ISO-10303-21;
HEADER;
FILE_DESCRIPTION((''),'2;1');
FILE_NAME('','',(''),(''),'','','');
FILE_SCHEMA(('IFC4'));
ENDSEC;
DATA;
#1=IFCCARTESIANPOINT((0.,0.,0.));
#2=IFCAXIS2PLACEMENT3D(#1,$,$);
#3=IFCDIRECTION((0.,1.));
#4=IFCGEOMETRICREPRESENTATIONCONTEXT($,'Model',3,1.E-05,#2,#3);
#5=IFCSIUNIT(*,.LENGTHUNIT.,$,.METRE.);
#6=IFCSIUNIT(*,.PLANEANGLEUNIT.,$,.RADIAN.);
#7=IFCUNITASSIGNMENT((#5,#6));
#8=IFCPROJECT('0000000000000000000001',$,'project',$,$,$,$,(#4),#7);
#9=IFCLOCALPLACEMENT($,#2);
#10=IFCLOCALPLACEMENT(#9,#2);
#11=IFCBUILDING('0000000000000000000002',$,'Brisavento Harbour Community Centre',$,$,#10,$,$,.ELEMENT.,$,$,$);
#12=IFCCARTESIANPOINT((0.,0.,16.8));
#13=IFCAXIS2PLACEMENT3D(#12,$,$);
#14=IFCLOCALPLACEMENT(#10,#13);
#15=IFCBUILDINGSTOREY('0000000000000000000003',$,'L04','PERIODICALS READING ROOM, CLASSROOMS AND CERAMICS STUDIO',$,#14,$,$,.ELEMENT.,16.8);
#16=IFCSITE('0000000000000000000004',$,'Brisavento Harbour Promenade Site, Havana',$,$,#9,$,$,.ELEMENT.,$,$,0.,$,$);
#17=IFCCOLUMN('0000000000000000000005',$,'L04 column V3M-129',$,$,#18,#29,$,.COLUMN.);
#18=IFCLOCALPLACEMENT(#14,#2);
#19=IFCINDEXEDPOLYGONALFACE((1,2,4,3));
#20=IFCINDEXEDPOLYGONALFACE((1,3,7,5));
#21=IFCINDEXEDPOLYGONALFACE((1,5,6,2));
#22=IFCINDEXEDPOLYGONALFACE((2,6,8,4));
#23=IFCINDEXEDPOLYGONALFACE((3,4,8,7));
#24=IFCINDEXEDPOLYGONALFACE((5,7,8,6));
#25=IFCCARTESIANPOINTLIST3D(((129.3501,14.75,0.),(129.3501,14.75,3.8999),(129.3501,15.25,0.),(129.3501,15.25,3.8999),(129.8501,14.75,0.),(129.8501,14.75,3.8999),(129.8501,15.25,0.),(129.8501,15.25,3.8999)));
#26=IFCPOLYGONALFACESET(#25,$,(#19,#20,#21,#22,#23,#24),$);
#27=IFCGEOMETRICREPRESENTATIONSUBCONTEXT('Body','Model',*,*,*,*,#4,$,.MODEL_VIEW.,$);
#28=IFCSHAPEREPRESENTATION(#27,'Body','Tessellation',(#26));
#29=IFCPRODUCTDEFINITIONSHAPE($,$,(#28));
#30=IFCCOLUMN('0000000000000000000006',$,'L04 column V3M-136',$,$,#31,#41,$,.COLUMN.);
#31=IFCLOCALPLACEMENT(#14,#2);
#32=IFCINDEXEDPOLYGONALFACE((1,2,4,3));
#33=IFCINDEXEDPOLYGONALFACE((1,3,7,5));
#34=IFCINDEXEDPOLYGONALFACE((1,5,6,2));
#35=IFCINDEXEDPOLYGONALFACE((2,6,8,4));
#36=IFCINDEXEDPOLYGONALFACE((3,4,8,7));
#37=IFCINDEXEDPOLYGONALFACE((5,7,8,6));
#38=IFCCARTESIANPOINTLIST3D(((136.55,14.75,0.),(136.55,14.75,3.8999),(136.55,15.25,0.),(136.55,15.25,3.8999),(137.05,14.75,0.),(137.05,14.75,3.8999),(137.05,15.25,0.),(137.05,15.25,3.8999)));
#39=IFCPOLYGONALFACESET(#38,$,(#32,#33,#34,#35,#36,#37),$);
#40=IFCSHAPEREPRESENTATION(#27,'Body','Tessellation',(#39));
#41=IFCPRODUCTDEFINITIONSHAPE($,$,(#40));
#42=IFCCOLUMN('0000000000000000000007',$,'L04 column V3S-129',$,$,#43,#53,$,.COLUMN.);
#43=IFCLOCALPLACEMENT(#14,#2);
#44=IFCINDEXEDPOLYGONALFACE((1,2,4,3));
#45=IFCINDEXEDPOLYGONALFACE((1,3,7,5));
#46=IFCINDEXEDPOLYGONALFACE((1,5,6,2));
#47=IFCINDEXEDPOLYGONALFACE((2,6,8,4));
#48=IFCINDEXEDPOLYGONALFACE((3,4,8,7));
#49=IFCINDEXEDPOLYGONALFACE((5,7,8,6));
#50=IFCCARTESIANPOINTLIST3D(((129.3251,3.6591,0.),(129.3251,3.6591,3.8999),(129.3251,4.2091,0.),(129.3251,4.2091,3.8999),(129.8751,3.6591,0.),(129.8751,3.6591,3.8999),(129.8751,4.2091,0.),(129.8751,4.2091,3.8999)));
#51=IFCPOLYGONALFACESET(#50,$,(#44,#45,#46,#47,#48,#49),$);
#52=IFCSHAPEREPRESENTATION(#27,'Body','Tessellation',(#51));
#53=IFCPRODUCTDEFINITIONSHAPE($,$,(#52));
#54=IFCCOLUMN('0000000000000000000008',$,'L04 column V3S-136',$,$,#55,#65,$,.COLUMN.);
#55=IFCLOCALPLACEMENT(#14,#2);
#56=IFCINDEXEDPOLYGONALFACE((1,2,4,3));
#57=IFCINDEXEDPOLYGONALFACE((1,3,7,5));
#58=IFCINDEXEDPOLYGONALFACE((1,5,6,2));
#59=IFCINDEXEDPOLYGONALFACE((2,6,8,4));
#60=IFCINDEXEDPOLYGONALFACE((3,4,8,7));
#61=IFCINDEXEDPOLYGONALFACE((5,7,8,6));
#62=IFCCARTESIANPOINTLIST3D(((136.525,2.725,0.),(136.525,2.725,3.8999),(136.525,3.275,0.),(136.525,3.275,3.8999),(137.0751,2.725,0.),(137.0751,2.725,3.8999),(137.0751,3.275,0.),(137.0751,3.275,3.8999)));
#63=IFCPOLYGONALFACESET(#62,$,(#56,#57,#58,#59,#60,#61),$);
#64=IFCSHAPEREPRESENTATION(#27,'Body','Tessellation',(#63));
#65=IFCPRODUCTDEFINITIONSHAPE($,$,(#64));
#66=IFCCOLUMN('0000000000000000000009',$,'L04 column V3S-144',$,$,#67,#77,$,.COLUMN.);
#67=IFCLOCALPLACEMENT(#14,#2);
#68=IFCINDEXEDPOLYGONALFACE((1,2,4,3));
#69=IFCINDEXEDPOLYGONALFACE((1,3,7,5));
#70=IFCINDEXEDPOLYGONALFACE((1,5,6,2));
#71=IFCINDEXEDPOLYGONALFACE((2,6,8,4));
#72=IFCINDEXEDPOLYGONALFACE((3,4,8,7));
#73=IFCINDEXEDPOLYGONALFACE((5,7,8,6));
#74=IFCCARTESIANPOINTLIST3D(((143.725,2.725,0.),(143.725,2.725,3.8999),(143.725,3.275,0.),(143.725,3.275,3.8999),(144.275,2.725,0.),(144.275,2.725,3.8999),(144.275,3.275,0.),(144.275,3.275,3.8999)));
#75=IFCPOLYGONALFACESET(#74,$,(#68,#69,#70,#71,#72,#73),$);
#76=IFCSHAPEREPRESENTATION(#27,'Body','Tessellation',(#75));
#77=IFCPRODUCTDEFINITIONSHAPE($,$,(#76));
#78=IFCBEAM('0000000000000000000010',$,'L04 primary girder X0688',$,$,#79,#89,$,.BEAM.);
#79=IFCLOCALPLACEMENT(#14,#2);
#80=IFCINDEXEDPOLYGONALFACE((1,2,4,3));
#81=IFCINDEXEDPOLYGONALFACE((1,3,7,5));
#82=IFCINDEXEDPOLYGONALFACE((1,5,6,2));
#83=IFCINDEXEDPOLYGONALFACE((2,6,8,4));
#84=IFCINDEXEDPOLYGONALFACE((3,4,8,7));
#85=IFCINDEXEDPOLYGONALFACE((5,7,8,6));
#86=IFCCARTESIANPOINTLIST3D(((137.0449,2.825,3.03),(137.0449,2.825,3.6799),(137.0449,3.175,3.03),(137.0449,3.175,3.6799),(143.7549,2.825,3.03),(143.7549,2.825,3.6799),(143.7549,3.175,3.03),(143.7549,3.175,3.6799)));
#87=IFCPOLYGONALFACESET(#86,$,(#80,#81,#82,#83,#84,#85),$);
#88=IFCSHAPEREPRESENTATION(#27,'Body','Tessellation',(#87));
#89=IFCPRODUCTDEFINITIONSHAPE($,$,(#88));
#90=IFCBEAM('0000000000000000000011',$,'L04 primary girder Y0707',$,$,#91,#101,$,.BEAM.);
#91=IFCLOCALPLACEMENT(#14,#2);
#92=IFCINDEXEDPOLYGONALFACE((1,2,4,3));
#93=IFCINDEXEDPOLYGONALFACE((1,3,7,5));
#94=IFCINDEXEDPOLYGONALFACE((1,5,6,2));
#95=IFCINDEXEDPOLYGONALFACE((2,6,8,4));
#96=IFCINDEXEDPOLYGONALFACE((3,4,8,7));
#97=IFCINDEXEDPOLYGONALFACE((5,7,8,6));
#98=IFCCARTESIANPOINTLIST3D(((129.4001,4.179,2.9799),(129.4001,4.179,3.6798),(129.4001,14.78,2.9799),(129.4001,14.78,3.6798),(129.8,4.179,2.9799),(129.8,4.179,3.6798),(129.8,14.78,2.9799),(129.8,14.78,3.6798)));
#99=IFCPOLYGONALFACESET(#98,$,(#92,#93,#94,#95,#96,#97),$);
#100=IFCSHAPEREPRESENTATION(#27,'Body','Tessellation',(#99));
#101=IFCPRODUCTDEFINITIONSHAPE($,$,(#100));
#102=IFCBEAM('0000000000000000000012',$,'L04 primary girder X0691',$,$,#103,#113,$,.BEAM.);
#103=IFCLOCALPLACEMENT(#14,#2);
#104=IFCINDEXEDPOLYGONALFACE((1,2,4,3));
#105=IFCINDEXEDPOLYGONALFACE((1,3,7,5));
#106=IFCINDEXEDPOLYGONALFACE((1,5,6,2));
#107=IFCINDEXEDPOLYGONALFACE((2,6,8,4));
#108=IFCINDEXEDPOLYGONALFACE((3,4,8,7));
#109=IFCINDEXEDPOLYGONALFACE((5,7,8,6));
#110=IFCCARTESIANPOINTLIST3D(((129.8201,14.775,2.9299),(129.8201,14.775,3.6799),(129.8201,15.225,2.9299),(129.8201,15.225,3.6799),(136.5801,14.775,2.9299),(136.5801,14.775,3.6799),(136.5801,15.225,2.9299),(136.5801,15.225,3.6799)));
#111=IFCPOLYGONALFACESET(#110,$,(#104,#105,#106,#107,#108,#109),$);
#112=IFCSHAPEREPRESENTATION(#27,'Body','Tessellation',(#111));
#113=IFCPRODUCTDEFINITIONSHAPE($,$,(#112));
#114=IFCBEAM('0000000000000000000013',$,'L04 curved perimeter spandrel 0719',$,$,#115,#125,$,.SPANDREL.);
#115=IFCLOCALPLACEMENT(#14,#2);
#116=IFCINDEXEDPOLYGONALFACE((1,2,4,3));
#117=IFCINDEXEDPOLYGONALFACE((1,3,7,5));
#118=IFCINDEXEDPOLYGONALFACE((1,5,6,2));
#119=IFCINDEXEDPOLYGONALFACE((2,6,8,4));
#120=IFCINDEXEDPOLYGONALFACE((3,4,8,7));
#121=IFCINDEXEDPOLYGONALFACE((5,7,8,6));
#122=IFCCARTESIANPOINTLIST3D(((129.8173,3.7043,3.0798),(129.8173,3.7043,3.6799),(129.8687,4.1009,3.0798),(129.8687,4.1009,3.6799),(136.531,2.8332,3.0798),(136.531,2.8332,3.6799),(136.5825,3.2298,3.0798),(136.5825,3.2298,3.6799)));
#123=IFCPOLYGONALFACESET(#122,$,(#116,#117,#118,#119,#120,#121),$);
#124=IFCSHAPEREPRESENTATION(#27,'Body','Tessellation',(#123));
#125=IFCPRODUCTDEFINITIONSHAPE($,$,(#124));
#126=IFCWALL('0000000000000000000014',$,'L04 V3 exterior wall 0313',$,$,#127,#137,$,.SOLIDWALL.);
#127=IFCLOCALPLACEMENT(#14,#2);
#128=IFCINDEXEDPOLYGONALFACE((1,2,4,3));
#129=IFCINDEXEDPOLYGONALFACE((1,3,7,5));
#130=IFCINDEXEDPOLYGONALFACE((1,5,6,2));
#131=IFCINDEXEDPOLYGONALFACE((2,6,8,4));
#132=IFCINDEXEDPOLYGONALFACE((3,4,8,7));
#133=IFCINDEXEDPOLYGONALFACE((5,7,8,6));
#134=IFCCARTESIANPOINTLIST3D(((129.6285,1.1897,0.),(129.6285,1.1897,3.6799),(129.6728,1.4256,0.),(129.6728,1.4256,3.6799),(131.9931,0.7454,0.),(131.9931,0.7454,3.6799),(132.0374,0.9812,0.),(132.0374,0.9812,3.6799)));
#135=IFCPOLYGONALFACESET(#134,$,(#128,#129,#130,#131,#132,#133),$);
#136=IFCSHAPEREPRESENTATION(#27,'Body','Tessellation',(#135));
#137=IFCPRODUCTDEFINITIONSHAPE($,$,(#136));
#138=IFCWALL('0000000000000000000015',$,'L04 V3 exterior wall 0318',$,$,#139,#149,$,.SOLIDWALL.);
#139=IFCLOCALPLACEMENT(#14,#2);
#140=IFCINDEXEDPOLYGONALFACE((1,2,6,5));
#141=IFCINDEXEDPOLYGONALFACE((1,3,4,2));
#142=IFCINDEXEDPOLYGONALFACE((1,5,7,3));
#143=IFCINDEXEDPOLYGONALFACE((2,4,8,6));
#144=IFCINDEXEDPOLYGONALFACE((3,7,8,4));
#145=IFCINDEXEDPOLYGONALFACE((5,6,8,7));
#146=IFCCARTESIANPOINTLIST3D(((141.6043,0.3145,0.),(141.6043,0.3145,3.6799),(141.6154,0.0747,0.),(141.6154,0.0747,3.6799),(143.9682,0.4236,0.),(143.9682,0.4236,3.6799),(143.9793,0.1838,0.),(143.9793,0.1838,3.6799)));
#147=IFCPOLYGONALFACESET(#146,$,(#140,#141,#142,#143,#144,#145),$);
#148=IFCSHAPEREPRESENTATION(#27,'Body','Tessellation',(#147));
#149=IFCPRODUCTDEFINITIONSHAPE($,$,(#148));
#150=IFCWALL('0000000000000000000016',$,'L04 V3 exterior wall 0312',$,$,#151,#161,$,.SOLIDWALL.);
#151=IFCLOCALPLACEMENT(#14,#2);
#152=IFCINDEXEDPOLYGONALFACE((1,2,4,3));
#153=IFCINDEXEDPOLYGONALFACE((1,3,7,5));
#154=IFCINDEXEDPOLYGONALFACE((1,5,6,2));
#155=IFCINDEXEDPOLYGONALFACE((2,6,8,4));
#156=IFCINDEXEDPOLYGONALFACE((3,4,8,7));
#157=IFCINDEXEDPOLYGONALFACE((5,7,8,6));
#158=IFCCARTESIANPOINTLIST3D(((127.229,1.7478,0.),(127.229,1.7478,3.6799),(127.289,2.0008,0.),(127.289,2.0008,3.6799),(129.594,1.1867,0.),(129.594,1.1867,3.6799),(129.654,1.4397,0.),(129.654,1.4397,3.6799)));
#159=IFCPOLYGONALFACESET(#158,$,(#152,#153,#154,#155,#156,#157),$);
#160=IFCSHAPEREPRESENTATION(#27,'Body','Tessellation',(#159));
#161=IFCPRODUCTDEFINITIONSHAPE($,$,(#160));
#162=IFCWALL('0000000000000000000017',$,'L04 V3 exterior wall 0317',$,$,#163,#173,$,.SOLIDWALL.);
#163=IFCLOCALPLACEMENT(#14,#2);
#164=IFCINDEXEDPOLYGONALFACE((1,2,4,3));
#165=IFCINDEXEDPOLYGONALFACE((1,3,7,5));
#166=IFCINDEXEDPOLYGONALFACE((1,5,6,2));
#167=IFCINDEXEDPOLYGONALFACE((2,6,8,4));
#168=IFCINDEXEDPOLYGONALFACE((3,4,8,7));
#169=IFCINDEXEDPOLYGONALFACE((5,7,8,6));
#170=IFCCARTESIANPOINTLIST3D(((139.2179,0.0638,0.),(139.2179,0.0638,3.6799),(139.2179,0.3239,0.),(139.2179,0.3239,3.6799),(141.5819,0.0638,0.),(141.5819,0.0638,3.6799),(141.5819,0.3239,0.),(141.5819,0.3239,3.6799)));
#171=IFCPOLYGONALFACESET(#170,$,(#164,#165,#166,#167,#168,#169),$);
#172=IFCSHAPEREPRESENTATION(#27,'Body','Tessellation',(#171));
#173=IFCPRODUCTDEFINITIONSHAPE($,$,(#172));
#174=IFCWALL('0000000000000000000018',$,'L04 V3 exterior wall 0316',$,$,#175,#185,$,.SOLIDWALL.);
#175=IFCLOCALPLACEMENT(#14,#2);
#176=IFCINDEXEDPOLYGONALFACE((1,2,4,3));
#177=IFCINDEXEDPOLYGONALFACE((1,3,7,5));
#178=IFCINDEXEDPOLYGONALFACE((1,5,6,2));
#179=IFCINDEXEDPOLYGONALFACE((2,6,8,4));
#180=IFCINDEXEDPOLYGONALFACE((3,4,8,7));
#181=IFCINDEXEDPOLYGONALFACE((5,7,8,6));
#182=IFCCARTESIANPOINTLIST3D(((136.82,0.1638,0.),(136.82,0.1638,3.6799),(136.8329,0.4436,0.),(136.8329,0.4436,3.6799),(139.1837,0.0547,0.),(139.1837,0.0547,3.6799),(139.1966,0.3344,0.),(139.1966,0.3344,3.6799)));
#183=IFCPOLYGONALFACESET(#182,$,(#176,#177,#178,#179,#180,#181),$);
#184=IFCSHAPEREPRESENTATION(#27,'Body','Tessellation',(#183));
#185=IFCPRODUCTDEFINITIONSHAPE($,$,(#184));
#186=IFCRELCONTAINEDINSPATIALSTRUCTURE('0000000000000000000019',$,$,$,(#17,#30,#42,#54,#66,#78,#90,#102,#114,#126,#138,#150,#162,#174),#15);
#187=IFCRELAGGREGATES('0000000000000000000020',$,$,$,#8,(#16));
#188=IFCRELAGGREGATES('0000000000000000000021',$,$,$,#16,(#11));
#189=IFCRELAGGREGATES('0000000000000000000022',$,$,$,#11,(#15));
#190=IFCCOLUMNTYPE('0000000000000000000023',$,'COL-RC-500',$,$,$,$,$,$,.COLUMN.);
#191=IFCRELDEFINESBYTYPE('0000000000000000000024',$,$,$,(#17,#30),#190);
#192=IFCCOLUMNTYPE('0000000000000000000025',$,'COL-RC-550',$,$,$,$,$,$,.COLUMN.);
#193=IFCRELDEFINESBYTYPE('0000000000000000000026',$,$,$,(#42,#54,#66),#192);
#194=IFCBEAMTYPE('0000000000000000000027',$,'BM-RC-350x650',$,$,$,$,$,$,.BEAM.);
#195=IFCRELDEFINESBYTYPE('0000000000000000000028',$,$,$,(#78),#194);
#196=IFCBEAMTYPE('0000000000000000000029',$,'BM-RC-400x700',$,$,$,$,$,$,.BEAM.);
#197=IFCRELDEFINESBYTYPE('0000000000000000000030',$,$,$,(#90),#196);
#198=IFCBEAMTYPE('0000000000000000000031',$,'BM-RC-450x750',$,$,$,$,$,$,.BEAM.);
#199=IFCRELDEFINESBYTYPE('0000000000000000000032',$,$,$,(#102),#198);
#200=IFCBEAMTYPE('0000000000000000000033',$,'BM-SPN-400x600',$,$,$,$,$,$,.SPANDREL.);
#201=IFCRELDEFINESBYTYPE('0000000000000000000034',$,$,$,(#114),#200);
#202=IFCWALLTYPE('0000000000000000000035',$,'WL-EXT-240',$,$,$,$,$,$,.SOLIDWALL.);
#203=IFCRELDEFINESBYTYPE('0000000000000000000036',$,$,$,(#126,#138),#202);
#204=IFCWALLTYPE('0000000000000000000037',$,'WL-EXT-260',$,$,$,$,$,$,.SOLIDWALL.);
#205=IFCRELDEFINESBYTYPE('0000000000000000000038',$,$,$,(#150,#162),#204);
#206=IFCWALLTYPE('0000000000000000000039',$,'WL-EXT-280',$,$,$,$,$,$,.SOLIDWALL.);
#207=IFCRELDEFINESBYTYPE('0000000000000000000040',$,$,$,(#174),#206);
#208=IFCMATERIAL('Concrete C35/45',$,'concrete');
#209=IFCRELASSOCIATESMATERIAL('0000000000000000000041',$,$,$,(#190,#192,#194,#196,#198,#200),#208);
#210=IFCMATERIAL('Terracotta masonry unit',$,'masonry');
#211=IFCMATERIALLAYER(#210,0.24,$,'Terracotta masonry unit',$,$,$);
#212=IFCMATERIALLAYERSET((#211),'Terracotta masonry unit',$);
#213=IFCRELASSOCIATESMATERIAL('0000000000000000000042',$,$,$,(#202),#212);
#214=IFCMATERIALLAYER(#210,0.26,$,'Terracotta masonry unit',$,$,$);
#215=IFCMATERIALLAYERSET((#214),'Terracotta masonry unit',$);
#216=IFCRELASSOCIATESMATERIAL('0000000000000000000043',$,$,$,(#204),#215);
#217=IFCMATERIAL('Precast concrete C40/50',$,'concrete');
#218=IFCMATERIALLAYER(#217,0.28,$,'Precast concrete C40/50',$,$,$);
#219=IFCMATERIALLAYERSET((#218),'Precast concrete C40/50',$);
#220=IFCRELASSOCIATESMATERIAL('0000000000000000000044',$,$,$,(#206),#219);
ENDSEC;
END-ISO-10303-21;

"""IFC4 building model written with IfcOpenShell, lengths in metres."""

from ifc_helpers import new_model, si_unit, direction, frame, frame_2d, origin, origin_2d, place, context, subcontext, project, spatial, rectangle, extrude, material, layer, layer_set, material_profile, profile_set, type_object, element, save


model = new_model("IFC4")

# Units and contexts
model_context = context("Model", 3, precision=1e-05, world=origin(), true_north=direction((0.0, 1.0)))
body_context = subcontext(model_context, "Body", "Model", "MODEL_VIEW")
ifc_project = project(units=[si_unit("LENGTHUNIT", "METRE"), si_unit("PLANEANGLEUNIT", "RADIAN")], contexts=[model_context])

# Site, building, storey
site_placement = place(None, origin())
site = spatial("IfcSite", under=ifc_project, at=site_placement, Name="Brisavento Harbour Promenade Site, Havana", CompositionType="ELEMENT", RefElevation=0.0)
building_placement = place(site_placement, origin())
building = spatial("IfcBuilding", under=site, at=building_placement, Name="Brisavento Harbour Community Centre", CompositionType="ELEMENT")
storey_placement = place(building_placement, frame((0.0, 0.0, 16.8)))
storey = spatial("IfcBuildingStorey", under=building, at=storey_placement, Name="L04", Description="PERIODICALS READING ROOM, CLASSROOMS AND CERAMICS STUDIO", CompositionType="ELEMENT", Elevation=16.8)

# Columns
ifc_material_1 = material(Name="Concrete C35/45", Category="concrete")
ifc_material_profile_1 = material_profile(ifc_material_1, rectangle(XDim=0.5, YDim=0.5, at=origin_2d()), Name="Concrete C35/45")
ifc_profile_set_1 = profile_set([ifc_material_profile_1], Name="Concrete C35/45")
column_type_1 = type_object("IfcColumnType", Name="COL-RC-500", PredefinedType="COLUMN", material=ifc_profile_set_1)
for number, where, z_axis, x_axis, name in (
    (1, (129.6001, 15.0, 0.0), (0.0, 0.0, 1.0), (1.0, 0.0, 0.0), "L04 column V3M-129"),
    (2, (136.8, 15.0, 0.0), (0.0, 0.0, 1.0), (1.0, 0.0, 0.0), "L04 column V3M-136"),
):
    element("IfcColumn", number, at=place(storey_placement, frame(where, z_axis=z_axis, x_axis=x_axis)), inside=storey, type_object=column_type_1, Name=name, PredefinedType="COLUMN", context=body_context, shape_type="SweptSolid", body=[
        extrude(rectangle(XDim=0.5, YDim=0.5, at=origin_2d()), origin(), (0.0, 0.0, 1.0), 3.8999),
    ])
ifc_material_profile_2 = material_profile(ifc_material_1, rectangle(XDim=0.55, YDim=0.55, at=origin_2d()), Name="Concrete C35/45")
ifc_profile_set_2 = profile_set([ifc_material_profile_2], Name="Concrete C35/45")
column_type_2 = type_object("IfcColumnType", Name="COL-RC-550", PredefinedType="COLUMN", material=ifc_profile_set_2)
for number, where, z_axis, x_axis, name in (
    (3, (129.6001, 3.9341, 0.0), (0.0, 0.0, 1.0), (1.0, 0.0, 0.0), "L04 column V3S-129"),
    (4, (136.8, 3.0, 0.0), (0.0, 0.0, 1.0), (1.0, 0.0, 0.0), "L04 column V3S-136"),
    (5, (144.0, 3.0, 0.0), (0.0, 0.0, 1.0), (1.0, 0.0, 0.0), "L04 column V3S-144"),
):
    element("IfcColumn", number, at=place(storey_placement, frame(where, z_axis=z_axis, x_axis=x_axis)), inside=storey, type_object=column_type_2, Name=name, PredefinedType="COLUMN", context=body_context, shape_type="SweptSolid", body=[
        extrude(rectangle(XDim=0.55, YDim=0.55, at=origin_2d()), origin(), (0.0, 0.0, 1.0), 3.8999),
    ])

# Beams
ifc_material_profile_3 = material_profile(ifc_material_1, rectangle(XDim=0.3501, YDim=0.6499, at=origin_2d()), Name="Concrete C35/45")
ifc_profile_set_3 = profile_set([ifc_material_profile_3], Name="Concrete C35/45")
beam_type_1 = type_object("IfcBeamType", Name="BM-RC-350x650", PredefinedType="BEAM", material=ifc_profile_set_3)
beam_1_placement = place(storey_placement, frame((137.0449, 3.0, 3.355), z_axis=(1.0, 0.0, 0.0), x_axis=(0.0, 1.0, 0.0)))
element("IfcBeam", 6, at=beam_1_placement, inside=storey, type_object=beam_type_1, Name="L04 primary girder X0688", PredefinedType="BEAM", context=body_context, shape_type="SweptSolid", body=[
    extrude(rectangle(XDim=0.3501, YDim=0.6499, at=origin_2d()), origin(), (0.0, 0.0, 1.0), 6.71),
])
ifc_material_profile_4 = material_profile(ifc_material_1, rectangle(XDim=0.3999, YDim=0.7, at=origin_2d()), Name="Concrete C35/45")
ifc_profile_set_4 = profile_set([ifc_material_profile_4], Name="Concrete C35/45")
beam_type_2 = type_object("IfcBeamType", Name="BM-RC-400x700", PredefinedType="BEAM", material=ifc_profile_set_4)
beam_2_placement = place(storey_placement, frame((129.6001, 4.179, 3.3298), z_axis=(0.0, 1.0, 0.0), x_axis=(-1.0, 0.0, 0.0)))
element("IfcBeam", 7, at=beam_2_placement, inside=storey, type_object=beam_type_2, Name="L04 primary girder Y0707", PredefinedType="BEAM", context=body_context, shape_type="SweptSolid", body=[
    extrude(rectangle(XDim=0.3999, YDim=0.7, at=origin_2d()), origin(), (0.0, 0.0, 1.0), 10.6011),
])
ifc_material_profile_5 = material_profile(ifc_material_1, rectangle(XDim=0.45, YDim=0.75, at=origin_2d()), Name="Concrete C35/45")
ifc_profile_set_5 = profile_set([ifc_material_profile_5], Name="Concrete C35/45")
beam_type_3 = type_object("IfcBeamType", Name="BM-RC-450x750", PredefinedType="BEAM", material=ifc_profile_set_5)
beam_3_placement = place(storey_placement, frame((129.8201, 15.0, 3.3049), z_axis=(1.0, 0.0, 0.0), x_axis=(0.0, 1.0, 0.0)))
element("IfcBeam", 8, at=beam_3_placement, inside=storey, type_object=beam_type_3, Name="L04 primary girder X0691", PredefinedType="BEAM", context=body_context, shape_type="SweptSolid", body=[
    extrude(rectangle(XDim=0.45, YDim=0.75, at=origin_2d()), origin(), (0.0, 0.0, 1.0), 6.76),
])
ifc_material_profile_6 = material_profile(ifc_material_1, rectangle(XDim=0.3999, YDim=0.6001, at=origin_2d()), Name="Concrete C35/45")
ifc_profile_set_6 = profile_set([ifc_material_profile_6], Name="Concrete C35/45")
beam_type_4 = type_object("IfcBeamType", Name="BM-SPN-400x600", PredefinedType="SPANDREL", material=ifc_profile_set_6)
beam_4_placement = place(storey_placement, frame((129.843, 3.9026, 3.3799), z_axis=(0.991688, -0.128667, 0.0), x_axis=(0.128667, 0.991688, 0.0)))
element("IfcBeam", 9, at=beam_4_placement, inside=storey, type_object=beam_type_4, Name="L04 curved perimeter spandrel 0719", PredefinedType="SPANDREL", context=body_context, shape_type="SweptSolid", body=[
    extrude(rectangle(XDim=0.3999, YDim=0.6001, at=origin_2d()), origin(), (0.0, 0.0, 1.0), 6.77),
])

# Walls
ifc_material_2 = material(Name="Terracotta masonry unit", Category="masonry")
ifc_layer_1 = layer(ifc_material_2, 0.24, Name="Terracotta masonry unit")
ifc_layer_set_1 = layer_set([ifc_layer_1], Name="Terracotta masonry unit")
wall_type_1 = type_object("IfcWallType", Name="WL-EXT-240", PredefinedType="SOLIDWALL", material=ifc_layer_set_1)
wall_1_placement = place(storey_placement, frame((132.0154, 0.8633, 0.0), z_axis=(0.0, 0.0, 1.0), x_axis=(-0.982797, 0.184687, 0.0)))
element("IfcWall", 10, at=wall_1_placement, inside=storey, type_object=wall_type_1, Name="L04 V3 exterior wall 0313", PredefinedType="SOLIDWALL", context=body_context, shape_type="SweptSolid", body=[
    extrude(rectangle(XDim=2.406, YDim=0.24, at=frame_2d((1.2031, 0.0))), origin(), (0.0, 0.0, 1.0), 3.6799),
])
wall_2_placement = place(storey_placement, frame((143.9736, 0.3037, 0.0), z_axis=(0.0, 0.0, 1.0), x_axis=(-0.998936, -0.046114, 0.0)))
element("IfcWall", 11, at=wall_2_placement, inside=storey, type_object=wall_type_1, Name="L04 V3 exterior wall 0318", PredefinedType="SOLIDWALL", context=body_context, shape_type="SweptSolid", body=[
    extrude(rectangle(XDim=2.3665, YDim=0.24, at=frame_2d((1.1831, 0.0))), origin(), (0.0, 0.0, 1.0), 3.6799),
])
ifc_layer_2 = layer(ifc_material_2, 0.26, Name="Terracotta masonry unit")
ifc_layer_set_2 = layer_set([ifc_layer_2], Name="Terracotta masonry unit")
wall_type_2 = type_object("IfcWallType", Name="WL-EXT-260", PredefinedType="SOLIDWALL", material=ifc_layer_set_2)
wall_3_placement = place(storey_placement, frame((129.624, 1.3132, 0.0), z_axis=(0.0, 0.0, 1.0), x_axis=(-0.972997, 0.230819, 0.0)))
element("IfcWall", 12, at=wall_3_placement, inside=storey, type_object=wall_type_2, Name="L04 V3 exterior wall 0312", PredefinedType="SOLIDWALL", context=body_context, shape_type="SweptSolid", body=[
    extrude(rectangle(XDim=2.4307, YDim=0.26, at=frame_2d((1.2153, 0.0))), origin(), (0.0, 0.0, 1.0), 3.6799),
])
wall_4_placement = place(storey_placement, frame((141.582, 0.1938, 0.0), z_axis=(0.0, 0.0, 1.0), x_axis=(-1.0, 0.0, 0.0)))
element("IfcWall", 13, at=wall_4_placement, inside=storey, type_object=wall_type_2, Name="L04 V3 exterior wall 0317", PredefinedType="SOLIDWALL", context=body_context, shape_type="SweptSolid", body=[
    extrude(rectangle(XDim=2.364, YDim=0.26, at=frame_2d((1.1821, 0.0))), origin(), (0.0, 0.0, 1.0), 3.6799),
])
ifc_material_3 = material(Name="Precast concrete C40/50", Category="concrete")
ifc_layer_3 = layer(ifc_material_3, 0.28, Name="Precast concrete C40/50")
ifc_layer_set_3 = layer_set([ifc_layer_3], Name="Precast concrete C40/50")
wall_type_3 = type_object("IfcWallType", Name="WL-EXT-280", PredefinedType="SOLIDWALL", material=ifc_layer_set_3)
wall_5_placement = place(storey_placement, frame((139.1902, 0.1946, 0.0), z_axis=(0.0, 0.0, 1.0), x_axis=(-0.998936, 0.046119, 0.0)))
element("IfcWall", 14, at=wall_5_placement, inside=storey, type_object=wall_type_3, Name="L04 V3 exterior wall 0316", PredefinedType="SOLIDWALL", context=body_context, shape_type="SweptSolid", body=[
    extrude(rectangle(XDim=2.3662, YDim=0.28, at=frame_2d((1.1831, 0.0))), origin(), (0.0, 0.0, 1.0), 3.6799),
])

save(model, "model.ifc")
